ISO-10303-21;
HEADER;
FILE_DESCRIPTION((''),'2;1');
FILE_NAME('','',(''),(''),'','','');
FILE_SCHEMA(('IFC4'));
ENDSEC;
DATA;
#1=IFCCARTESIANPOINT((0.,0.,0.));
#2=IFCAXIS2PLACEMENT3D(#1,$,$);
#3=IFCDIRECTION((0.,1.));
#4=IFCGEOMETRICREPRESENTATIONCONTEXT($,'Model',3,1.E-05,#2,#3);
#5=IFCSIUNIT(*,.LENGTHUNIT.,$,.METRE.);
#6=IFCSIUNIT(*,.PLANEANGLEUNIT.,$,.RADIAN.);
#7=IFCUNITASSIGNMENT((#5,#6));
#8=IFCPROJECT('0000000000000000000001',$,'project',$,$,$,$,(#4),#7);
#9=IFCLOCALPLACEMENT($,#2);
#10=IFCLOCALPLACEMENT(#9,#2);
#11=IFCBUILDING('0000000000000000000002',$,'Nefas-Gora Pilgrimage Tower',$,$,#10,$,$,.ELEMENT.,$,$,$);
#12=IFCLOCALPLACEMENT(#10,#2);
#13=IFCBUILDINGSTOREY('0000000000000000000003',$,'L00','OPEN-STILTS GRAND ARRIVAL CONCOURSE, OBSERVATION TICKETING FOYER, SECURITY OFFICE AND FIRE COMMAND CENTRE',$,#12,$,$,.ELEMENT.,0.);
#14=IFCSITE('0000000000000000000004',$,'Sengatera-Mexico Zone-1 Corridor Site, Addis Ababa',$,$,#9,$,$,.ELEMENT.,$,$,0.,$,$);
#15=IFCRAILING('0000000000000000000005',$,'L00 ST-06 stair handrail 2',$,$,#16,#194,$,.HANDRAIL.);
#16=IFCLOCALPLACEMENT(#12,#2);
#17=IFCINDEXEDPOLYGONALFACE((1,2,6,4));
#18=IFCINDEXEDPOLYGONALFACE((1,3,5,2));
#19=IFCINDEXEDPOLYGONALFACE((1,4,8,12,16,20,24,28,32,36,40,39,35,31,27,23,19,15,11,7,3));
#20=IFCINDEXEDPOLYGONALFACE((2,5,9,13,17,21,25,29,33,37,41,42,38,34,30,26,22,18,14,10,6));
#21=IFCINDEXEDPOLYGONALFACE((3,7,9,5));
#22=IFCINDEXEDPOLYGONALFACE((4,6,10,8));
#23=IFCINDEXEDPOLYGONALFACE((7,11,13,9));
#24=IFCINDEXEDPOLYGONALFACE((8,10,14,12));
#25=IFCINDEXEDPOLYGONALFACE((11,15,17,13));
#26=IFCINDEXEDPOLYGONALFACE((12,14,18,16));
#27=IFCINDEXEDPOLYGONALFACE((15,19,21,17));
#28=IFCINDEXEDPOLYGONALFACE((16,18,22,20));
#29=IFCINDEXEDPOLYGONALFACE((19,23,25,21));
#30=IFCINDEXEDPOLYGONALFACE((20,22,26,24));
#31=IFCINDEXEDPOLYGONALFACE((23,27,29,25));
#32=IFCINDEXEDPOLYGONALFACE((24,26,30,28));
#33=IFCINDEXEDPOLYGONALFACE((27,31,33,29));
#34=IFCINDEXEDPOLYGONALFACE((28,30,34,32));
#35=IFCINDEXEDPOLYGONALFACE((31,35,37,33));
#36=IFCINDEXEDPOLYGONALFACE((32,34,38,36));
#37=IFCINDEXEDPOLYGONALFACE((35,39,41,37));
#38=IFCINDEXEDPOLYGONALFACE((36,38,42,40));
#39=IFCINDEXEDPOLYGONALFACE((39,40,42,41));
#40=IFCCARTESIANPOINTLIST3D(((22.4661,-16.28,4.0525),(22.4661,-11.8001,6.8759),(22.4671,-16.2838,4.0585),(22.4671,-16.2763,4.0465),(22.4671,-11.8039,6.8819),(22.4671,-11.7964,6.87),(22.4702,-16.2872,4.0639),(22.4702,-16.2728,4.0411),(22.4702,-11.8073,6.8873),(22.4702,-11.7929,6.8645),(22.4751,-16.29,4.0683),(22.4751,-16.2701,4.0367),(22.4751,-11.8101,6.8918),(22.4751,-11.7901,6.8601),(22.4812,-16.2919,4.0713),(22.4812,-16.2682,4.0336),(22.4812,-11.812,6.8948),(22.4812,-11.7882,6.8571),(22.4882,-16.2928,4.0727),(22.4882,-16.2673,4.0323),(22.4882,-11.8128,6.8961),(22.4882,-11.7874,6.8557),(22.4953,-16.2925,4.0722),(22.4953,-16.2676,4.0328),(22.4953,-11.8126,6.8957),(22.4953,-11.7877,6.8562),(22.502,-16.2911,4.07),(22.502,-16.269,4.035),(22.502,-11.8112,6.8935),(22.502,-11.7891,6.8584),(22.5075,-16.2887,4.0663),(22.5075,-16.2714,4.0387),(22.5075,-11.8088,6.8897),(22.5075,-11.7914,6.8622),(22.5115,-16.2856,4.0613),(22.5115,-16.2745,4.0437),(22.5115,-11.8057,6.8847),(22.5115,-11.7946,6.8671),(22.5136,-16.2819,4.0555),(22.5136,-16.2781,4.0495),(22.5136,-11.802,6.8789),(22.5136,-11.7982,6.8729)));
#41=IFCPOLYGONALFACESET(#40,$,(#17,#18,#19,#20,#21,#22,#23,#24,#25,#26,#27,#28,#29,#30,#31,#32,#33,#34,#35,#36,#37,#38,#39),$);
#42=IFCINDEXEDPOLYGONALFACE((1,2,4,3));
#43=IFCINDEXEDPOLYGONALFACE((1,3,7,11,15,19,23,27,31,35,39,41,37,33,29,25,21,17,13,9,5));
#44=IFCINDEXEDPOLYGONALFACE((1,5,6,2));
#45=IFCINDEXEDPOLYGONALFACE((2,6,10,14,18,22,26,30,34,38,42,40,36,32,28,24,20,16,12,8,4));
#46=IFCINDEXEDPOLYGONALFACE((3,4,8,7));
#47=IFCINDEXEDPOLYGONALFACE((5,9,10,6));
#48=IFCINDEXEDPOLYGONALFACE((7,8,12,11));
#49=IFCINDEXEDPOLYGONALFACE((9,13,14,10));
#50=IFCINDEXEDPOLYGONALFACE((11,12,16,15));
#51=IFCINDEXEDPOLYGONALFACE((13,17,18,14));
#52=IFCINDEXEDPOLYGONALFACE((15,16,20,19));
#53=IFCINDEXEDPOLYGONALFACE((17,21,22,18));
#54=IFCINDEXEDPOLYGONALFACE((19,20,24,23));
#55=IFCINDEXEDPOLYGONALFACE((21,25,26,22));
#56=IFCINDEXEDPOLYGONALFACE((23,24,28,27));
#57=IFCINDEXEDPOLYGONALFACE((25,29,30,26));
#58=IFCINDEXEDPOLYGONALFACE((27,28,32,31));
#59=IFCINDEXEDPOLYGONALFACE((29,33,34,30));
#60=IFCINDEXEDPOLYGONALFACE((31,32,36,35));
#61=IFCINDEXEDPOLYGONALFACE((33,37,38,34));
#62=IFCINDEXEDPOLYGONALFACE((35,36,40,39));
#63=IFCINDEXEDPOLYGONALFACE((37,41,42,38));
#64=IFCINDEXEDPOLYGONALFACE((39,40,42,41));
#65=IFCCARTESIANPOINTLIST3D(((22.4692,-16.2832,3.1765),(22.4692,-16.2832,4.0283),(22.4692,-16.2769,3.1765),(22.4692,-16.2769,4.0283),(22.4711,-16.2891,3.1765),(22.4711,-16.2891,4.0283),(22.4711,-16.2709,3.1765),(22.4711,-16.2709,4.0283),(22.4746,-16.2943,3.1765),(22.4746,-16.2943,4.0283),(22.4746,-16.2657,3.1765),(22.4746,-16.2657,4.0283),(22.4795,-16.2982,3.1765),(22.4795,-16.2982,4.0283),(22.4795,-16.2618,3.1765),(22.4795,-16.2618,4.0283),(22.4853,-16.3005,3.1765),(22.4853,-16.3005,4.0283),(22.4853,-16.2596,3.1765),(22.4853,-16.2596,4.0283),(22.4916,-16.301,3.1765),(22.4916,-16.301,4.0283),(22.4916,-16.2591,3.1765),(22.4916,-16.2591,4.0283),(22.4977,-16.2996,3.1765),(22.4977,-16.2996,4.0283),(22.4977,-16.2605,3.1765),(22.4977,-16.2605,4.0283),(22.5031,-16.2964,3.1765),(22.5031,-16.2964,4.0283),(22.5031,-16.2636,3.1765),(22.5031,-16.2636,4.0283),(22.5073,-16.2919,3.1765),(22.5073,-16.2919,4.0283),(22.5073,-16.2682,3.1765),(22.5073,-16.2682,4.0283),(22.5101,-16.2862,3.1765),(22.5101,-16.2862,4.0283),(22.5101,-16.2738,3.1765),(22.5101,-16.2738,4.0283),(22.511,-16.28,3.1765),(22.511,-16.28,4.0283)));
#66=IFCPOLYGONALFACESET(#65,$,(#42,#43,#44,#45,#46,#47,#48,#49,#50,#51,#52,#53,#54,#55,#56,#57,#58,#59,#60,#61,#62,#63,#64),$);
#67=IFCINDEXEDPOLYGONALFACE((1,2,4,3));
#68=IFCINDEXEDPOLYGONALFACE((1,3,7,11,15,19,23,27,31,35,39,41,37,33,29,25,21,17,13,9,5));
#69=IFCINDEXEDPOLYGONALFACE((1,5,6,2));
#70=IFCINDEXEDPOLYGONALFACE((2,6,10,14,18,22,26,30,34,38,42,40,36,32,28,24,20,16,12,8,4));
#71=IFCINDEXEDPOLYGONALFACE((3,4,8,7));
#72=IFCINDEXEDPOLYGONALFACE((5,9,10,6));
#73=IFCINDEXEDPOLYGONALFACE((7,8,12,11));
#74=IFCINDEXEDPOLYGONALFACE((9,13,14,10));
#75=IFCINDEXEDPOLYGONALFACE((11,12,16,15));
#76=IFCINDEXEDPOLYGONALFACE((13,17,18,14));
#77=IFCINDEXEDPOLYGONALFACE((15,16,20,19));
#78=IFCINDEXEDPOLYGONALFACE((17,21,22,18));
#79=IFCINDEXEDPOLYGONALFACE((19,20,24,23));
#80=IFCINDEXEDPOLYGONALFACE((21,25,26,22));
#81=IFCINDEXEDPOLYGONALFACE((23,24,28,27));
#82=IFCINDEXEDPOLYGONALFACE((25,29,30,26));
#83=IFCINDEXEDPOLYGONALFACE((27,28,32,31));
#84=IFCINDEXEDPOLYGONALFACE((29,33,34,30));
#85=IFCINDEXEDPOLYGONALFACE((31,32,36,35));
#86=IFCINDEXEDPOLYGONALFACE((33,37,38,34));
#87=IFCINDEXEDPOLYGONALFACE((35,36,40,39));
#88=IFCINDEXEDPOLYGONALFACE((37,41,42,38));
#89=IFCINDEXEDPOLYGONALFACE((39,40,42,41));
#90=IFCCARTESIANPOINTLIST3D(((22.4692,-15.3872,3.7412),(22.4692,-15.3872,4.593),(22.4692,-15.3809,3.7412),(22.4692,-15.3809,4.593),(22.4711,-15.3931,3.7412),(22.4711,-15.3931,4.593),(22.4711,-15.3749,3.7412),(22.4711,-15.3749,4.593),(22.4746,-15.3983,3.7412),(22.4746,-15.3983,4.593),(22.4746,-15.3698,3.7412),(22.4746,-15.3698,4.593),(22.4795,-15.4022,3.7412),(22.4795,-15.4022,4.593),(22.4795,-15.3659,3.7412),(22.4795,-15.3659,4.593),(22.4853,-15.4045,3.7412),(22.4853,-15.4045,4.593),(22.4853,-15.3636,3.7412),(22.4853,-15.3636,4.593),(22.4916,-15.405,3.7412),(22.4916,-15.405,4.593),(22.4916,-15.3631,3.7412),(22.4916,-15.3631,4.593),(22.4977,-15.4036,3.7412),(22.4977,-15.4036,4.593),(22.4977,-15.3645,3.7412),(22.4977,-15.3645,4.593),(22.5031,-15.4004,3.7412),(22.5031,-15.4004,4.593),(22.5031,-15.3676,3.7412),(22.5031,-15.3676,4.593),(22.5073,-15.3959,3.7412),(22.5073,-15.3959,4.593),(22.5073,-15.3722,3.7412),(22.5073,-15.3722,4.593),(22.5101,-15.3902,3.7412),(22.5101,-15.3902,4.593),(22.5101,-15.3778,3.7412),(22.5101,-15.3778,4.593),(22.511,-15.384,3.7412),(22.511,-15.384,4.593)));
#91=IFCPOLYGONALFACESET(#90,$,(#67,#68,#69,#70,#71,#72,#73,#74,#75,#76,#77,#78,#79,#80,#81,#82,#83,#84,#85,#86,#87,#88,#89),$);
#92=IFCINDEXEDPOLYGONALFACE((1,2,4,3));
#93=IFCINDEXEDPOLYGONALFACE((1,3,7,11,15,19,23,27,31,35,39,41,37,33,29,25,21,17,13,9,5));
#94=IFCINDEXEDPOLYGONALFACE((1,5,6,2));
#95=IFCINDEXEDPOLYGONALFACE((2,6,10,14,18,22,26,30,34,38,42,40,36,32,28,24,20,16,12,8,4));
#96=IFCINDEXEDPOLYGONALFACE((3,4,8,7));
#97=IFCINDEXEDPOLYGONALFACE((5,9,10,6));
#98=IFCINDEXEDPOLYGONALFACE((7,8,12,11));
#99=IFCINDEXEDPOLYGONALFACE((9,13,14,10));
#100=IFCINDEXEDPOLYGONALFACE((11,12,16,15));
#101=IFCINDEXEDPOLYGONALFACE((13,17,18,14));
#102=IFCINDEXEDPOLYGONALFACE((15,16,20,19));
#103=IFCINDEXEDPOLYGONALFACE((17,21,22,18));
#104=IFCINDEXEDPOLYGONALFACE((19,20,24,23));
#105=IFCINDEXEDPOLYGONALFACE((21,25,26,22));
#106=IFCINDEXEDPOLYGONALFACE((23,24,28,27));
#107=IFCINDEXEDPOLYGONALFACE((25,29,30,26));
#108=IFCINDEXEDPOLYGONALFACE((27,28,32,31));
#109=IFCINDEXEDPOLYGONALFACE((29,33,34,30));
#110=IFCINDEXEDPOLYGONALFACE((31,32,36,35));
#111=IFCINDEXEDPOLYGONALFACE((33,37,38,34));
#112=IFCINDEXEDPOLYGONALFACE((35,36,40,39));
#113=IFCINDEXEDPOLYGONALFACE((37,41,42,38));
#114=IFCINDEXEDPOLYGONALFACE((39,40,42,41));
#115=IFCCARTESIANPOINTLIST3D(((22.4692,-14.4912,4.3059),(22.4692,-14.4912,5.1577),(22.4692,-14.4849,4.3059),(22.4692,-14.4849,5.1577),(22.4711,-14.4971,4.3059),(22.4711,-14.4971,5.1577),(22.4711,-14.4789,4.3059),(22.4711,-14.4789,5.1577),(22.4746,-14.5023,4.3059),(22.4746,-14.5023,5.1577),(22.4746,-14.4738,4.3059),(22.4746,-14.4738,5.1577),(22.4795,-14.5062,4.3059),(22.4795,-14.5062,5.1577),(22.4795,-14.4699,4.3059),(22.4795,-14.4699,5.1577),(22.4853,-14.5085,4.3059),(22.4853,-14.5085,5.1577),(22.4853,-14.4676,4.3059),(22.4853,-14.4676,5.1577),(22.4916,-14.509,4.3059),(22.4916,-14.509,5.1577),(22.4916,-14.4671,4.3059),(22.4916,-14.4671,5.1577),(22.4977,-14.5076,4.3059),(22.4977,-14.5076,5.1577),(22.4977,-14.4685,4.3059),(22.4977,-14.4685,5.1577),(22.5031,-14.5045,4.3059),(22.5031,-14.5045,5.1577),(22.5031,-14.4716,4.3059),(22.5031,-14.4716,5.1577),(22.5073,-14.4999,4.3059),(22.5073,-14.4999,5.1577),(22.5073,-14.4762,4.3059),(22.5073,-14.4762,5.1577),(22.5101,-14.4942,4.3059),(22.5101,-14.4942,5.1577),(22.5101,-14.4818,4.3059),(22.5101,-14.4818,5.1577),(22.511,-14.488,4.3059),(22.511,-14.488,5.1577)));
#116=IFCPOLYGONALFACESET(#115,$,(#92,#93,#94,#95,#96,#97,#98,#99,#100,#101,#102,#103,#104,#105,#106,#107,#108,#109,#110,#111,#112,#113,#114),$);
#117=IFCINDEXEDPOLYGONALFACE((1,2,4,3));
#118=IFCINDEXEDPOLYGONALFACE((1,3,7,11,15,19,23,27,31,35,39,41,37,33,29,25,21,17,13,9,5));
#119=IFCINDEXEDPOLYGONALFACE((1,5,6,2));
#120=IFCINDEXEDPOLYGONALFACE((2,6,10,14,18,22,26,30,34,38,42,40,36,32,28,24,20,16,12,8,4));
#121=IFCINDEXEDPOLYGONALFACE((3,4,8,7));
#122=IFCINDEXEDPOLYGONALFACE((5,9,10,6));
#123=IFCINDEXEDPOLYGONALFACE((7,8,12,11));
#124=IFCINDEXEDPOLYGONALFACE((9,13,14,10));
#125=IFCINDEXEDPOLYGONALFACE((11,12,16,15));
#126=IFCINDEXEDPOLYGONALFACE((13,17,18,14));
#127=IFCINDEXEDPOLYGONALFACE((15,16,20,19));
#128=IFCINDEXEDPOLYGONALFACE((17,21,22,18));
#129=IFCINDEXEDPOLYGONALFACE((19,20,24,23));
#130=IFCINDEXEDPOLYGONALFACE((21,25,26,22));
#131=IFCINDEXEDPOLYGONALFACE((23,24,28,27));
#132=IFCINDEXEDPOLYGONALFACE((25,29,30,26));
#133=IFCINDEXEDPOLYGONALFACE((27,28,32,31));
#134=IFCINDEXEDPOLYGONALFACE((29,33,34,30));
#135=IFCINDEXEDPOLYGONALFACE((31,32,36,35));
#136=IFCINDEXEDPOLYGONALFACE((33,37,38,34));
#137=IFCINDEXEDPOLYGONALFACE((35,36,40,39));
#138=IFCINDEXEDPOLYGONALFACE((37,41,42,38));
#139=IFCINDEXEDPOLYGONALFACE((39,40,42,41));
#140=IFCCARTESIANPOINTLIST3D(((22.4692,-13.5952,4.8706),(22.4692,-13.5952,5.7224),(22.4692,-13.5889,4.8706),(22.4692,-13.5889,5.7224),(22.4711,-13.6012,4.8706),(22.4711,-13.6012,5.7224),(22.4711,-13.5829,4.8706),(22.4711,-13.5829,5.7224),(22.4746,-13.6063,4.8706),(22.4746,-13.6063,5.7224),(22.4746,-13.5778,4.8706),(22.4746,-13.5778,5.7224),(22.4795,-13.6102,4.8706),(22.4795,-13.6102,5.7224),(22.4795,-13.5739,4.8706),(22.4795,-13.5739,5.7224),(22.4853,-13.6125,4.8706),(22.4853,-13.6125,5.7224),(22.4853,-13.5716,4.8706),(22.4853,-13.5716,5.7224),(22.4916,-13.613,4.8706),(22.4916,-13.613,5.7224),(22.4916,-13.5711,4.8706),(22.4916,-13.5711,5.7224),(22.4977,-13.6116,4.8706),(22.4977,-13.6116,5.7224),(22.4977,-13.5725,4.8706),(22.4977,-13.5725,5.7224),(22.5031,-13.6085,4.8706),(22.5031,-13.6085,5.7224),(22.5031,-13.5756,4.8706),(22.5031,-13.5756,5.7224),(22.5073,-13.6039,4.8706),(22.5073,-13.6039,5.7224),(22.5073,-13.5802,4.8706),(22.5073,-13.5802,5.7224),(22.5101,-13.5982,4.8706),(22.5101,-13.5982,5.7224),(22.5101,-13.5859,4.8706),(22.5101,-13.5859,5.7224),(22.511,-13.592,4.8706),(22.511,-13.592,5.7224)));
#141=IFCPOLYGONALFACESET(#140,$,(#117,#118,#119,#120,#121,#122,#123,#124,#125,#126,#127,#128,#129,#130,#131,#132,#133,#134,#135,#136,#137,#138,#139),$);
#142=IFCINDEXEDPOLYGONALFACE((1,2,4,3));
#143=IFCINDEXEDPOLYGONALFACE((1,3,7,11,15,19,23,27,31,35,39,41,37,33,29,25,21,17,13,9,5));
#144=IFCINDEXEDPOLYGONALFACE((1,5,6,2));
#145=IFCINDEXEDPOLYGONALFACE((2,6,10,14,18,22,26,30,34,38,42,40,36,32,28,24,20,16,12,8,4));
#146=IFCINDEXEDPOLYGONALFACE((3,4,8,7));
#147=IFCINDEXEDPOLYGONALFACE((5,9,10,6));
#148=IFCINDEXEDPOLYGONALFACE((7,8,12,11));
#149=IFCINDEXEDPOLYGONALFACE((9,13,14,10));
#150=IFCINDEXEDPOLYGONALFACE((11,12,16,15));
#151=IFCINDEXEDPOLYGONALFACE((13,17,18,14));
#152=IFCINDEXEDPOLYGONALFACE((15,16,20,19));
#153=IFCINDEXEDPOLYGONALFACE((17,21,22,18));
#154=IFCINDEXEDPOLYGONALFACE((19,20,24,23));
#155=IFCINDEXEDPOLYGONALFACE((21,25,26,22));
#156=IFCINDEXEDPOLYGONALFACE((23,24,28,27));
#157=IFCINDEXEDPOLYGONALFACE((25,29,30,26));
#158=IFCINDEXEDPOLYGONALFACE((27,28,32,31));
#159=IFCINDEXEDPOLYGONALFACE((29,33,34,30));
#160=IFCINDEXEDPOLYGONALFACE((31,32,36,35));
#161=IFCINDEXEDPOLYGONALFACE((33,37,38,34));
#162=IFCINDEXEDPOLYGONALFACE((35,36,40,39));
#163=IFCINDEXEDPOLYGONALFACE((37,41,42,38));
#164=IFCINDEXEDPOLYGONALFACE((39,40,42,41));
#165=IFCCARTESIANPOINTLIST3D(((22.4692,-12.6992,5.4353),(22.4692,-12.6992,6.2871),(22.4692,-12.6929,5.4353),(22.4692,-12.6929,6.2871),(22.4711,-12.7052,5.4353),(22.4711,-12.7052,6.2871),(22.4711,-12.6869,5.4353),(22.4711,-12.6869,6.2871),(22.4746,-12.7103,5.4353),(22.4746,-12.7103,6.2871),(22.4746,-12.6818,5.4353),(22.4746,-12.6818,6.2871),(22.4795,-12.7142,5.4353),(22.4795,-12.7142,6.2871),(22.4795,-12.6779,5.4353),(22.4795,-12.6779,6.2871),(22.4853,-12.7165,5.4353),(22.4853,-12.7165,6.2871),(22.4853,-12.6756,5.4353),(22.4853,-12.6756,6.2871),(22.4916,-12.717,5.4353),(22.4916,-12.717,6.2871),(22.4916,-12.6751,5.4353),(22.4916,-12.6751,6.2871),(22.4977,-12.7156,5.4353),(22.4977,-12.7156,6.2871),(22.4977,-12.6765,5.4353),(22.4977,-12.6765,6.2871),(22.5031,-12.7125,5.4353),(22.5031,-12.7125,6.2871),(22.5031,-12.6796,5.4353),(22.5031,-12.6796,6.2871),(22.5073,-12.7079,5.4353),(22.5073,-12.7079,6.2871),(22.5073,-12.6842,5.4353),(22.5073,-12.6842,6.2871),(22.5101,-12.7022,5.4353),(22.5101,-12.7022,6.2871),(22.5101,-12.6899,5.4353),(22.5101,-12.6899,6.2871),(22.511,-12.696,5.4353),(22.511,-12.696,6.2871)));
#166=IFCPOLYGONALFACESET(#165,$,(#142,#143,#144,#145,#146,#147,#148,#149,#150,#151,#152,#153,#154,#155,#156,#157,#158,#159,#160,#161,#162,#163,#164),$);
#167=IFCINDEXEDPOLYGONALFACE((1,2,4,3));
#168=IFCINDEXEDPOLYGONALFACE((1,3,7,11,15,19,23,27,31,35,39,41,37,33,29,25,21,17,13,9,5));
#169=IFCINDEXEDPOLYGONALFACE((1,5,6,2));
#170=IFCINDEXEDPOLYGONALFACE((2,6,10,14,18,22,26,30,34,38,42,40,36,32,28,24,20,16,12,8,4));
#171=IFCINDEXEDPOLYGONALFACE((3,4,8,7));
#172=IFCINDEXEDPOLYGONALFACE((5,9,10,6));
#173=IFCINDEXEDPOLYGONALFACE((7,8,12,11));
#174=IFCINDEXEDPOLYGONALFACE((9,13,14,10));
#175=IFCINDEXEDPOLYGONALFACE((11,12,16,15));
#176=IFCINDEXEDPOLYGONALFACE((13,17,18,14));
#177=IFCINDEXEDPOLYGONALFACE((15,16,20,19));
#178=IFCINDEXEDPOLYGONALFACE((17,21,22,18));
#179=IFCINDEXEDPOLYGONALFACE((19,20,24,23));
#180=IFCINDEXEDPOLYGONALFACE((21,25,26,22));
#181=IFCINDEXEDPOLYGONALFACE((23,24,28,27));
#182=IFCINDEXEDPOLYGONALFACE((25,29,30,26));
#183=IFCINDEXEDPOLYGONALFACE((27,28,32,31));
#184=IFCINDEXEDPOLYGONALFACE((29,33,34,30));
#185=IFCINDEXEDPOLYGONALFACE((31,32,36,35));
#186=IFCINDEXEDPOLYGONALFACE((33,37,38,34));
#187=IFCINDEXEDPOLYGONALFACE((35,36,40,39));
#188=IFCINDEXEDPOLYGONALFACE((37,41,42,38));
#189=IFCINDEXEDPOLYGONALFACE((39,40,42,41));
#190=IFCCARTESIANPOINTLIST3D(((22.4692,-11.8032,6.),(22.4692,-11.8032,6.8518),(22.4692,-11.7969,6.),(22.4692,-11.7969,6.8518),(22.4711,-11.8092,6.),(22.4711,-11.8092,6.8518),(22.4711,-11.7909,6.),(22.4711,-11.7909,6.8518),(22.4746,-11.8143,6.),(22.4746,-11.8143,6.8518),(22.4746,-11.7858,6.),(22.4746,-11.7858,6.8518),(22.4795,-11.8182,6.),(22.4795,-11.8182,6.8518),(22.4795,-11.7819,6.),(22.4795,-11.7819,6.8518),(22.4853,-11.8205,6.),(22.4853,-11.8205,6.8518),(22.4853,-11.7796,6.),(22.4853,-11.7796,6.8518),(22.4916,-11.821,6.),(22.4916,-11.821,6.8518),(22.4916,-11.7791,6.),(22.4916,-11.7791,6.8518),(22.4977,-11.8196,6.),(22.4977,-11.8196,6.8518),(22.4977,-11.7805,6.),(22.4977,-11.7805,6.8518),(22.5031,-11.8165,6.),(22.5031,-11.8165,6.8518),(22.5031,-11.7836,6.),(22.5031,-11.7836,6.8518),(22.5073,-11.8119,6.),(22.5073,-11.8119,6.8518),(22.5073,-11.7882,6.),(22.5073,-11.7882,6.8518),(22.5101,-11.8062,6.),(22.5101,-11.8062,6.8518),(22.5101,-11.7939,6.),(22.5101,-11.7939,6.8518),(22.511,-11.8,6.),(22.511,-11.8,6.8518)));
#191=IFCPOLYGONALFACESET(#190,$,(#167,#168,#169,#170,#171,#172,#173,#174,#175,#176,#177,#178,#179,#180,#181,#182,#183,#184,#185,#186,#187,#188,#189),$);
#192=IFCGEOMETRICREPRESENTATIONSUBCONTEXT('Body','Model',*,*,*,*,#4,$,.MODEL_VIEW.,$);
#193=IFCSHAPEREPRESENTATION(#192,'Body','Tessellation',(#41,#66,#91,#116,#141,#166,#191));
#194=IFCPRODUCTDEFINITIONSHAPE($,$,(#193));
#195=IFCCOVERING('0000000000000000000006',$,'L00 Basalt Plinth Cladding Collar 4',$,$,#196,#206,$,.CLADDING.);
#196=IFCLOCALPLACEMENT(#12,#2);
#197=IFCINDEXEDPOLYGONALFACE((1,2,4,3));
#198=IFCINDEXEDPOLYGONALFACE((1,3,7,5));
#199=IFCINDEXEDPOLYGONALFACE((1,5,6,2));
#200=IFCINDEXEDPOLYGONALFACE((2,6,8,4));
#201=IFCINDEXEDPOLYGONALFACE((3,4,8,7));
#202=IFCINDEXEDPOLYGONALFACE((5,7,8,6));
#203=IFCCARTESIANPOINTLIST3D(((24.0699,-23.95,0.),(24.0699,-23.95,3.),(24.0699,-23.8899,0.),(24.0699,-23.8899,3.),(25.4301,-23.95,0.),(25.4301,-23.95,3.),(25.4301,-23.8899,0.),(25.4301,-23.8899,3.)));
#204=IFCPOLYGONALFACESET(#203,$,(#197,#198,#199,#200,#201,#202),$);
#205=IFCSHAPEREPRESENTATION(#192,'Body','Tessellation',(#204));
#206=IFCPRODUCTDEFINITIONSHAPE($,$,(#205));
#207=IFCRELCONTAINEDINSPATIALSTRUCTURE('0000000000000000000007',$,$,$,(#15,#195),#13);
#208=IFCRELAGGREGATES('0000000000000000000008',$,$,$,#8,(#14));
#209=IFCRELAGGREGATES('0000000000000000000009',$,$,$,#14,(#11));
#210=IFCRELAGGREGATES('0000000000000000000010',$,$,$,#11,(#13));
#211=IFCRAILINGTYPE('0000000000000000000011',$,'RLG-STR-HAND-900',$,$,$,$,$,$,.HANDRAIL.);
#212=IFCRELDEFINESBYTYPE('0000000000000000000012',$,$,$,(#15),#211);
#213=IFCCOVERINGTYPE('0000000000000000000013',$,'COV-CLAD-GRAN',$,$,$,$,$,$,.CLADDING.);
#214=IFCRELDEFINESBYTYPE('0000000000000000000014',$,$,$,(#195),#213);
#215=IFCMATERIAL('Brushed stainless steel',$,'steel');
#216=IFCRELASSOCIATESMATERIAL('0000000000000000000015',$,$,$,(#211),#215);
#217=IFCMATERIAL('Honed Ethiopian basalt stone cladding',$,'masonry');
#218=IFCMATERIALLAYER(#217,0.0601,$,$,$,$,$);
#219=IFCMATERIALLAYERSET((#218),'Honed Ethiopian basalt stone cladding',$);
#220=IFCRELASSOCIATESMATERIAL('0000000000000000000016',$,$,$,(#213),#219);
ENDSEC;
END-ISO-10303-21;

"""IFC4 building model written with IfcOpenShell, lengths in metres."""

from ifc_helpers import new_model, si_unit, direction, frame, origin, origin_2d, place, context, subcontext, project, spatial, rectangle, circle, extrude, source, transform, mapped, material, layer, layer_set, type_object, element, save


model = new_model("IFC4")

# Units and contexts
model_context = context("Model", 3, precision=1e-05, world=origin(), true_north=direction((0.0, 1.0)))
body_context = subcontext(model_context, "Body", "Model", "MODEL_VIEW")
ifc_project = project(units=[si_unit("LENGTHUNIT", "METRE"), si_unit("PLANEANGLEUNIT", "RADIAN")], contexts=[model_context])

# Site, building, storey
site_placement = place(None, origin())
site = spatial("IfcSite", under=ifc_project, at=site_placement, Name="Sengatera-Mexico Zone-1 Corridor Site, Addis Ababa", CompositionType="ELEMENT", RefElevation=0.0)
building_placement = place(site_placement, origin())
building = spatial("IfcBuilding", under=site, at=building_placement, Name="Nefas-Gora Pilgrimage Tower", CompositionType="ELEMENT")
storey_placement = place(building_placement, origin())
storey = spatial("IfcBuildingStorey", under=building, at=storey_placement, Name="L00", Description="OPEN-STILTS GRAND ARRIVAL CONCOURSE, OBSERVATION TICKETING FOYER, SECURITY OFFICE AND FIRE COMMAND CENTRE", CompositionType="ELEMENT", Elevation=0.0)

# Railing
ifc_material_1 = material(Name="Brushed stainless steel", Category="steel")
railing_type_1 = type_object("IfcRailingType", Name="RLG-STR-HAND-900", PredefinedType="HANDRAIL", material=ifc_material_1)
railing_1_placement = place(storey_placement, frame((22.49, -16.28, 3.1765)))
element("IfcRailing", 1, at=railing_1_placement, inside=storey, type_object=railing_type_1, Name="L00 ST-06 stair handrail 2", PredefinedType="HANDRAIL", context=body_context, shape_type="SweptSolid", body=[
    extrude(circle(Radius=0.0239, at=origin_2d()), frame((0.0, 0.0, 0.876), z_axis=(0.0, 0.845998, 0.533186), x_axis=(-1.0, 0.0, 0.0)), (0.0, 0.0, 1.0), 5.2954),
    extrude(circle(Radius=0.021, at=origin_2d()), origin(), (0.0, 0.0, 1.0), 0.8518),
    extrude(circle(Radius=0.021, at=origin_2d()), frame((0.0, 0.896, 0.5647)), (0.0, 0.0, 1.0), 0.8518),
    extrude(circle(Radius=0.021, at=origin_2d()), frame((0.0, 1.792, 1.1294)), (0.0, 0.0, 1.0), 0.8518),
    extrude(circle(Radius=0.021, at=origin_2d()), frame((0.0, 2.688, 1.6941)), (0.0, 0.0, 1.0), 0.8518),
    extrude(circle(Radius=0.021, at=origin_2d()), frame((0.0, 3.584, 2.2588)), (0.0, 0.0, 1.0), 0.8518),
    extrude(circle(Radius=0.021, at=origin_2d()), frame((0.0, 4.48, 2.8235)), (0.0, 0.0, 1.0), 0.8518),
])

# Covering
ifc_material_2 = material(Name="Honed Ethiopian basalt stone cladding", Category="masonry")
ifc_layer_1 = layer(ifc_material_2, 0.0601)
ifc_layer_set_1 = layer_set([ifc_layer_1], Name="Honed Ethiopian basalt stone cladding")
covering_type = type_object("IfcCoveringType", Name="COV-CLAD-GRAN", PredefinedType="CLADDING", material=ifc_layer_set_1)
shared_shape_1 = source(origin(), body_context, "Body", "SweptSolid", [
    extrude(rectangle(XDim=1.3601, YDim=0.0601, at=origin_2d()), origin(), (0.0, 0.0, 1.0), 3.0),
])
covering_placement = place(storey_placement, frame((24.75, -23.9199, 0.0), z_axis=(0.0, 0.0, 1.0), x_axis=(1.0, 0.0, 0.0)))
element("IfcCovering", 2, at=covering_placement, inside=storey, type_object=covering_type, Name="L00 Basalt Plinth Cladding Collar 4", PredefinedType="CLADDING", context=body_context, shape_type="MappedRepresentation", body=[
    mapped(shared_shape_1, transform((0.0, 0.0, 0.0), x_axis=(1.0, 0.0, 0.0), y_axis=(0.0, 1.0, 0.0), z_axis=(0.0, 0.0, 1.0), scale=1.0)),
])

save(model, "model.ifc")
